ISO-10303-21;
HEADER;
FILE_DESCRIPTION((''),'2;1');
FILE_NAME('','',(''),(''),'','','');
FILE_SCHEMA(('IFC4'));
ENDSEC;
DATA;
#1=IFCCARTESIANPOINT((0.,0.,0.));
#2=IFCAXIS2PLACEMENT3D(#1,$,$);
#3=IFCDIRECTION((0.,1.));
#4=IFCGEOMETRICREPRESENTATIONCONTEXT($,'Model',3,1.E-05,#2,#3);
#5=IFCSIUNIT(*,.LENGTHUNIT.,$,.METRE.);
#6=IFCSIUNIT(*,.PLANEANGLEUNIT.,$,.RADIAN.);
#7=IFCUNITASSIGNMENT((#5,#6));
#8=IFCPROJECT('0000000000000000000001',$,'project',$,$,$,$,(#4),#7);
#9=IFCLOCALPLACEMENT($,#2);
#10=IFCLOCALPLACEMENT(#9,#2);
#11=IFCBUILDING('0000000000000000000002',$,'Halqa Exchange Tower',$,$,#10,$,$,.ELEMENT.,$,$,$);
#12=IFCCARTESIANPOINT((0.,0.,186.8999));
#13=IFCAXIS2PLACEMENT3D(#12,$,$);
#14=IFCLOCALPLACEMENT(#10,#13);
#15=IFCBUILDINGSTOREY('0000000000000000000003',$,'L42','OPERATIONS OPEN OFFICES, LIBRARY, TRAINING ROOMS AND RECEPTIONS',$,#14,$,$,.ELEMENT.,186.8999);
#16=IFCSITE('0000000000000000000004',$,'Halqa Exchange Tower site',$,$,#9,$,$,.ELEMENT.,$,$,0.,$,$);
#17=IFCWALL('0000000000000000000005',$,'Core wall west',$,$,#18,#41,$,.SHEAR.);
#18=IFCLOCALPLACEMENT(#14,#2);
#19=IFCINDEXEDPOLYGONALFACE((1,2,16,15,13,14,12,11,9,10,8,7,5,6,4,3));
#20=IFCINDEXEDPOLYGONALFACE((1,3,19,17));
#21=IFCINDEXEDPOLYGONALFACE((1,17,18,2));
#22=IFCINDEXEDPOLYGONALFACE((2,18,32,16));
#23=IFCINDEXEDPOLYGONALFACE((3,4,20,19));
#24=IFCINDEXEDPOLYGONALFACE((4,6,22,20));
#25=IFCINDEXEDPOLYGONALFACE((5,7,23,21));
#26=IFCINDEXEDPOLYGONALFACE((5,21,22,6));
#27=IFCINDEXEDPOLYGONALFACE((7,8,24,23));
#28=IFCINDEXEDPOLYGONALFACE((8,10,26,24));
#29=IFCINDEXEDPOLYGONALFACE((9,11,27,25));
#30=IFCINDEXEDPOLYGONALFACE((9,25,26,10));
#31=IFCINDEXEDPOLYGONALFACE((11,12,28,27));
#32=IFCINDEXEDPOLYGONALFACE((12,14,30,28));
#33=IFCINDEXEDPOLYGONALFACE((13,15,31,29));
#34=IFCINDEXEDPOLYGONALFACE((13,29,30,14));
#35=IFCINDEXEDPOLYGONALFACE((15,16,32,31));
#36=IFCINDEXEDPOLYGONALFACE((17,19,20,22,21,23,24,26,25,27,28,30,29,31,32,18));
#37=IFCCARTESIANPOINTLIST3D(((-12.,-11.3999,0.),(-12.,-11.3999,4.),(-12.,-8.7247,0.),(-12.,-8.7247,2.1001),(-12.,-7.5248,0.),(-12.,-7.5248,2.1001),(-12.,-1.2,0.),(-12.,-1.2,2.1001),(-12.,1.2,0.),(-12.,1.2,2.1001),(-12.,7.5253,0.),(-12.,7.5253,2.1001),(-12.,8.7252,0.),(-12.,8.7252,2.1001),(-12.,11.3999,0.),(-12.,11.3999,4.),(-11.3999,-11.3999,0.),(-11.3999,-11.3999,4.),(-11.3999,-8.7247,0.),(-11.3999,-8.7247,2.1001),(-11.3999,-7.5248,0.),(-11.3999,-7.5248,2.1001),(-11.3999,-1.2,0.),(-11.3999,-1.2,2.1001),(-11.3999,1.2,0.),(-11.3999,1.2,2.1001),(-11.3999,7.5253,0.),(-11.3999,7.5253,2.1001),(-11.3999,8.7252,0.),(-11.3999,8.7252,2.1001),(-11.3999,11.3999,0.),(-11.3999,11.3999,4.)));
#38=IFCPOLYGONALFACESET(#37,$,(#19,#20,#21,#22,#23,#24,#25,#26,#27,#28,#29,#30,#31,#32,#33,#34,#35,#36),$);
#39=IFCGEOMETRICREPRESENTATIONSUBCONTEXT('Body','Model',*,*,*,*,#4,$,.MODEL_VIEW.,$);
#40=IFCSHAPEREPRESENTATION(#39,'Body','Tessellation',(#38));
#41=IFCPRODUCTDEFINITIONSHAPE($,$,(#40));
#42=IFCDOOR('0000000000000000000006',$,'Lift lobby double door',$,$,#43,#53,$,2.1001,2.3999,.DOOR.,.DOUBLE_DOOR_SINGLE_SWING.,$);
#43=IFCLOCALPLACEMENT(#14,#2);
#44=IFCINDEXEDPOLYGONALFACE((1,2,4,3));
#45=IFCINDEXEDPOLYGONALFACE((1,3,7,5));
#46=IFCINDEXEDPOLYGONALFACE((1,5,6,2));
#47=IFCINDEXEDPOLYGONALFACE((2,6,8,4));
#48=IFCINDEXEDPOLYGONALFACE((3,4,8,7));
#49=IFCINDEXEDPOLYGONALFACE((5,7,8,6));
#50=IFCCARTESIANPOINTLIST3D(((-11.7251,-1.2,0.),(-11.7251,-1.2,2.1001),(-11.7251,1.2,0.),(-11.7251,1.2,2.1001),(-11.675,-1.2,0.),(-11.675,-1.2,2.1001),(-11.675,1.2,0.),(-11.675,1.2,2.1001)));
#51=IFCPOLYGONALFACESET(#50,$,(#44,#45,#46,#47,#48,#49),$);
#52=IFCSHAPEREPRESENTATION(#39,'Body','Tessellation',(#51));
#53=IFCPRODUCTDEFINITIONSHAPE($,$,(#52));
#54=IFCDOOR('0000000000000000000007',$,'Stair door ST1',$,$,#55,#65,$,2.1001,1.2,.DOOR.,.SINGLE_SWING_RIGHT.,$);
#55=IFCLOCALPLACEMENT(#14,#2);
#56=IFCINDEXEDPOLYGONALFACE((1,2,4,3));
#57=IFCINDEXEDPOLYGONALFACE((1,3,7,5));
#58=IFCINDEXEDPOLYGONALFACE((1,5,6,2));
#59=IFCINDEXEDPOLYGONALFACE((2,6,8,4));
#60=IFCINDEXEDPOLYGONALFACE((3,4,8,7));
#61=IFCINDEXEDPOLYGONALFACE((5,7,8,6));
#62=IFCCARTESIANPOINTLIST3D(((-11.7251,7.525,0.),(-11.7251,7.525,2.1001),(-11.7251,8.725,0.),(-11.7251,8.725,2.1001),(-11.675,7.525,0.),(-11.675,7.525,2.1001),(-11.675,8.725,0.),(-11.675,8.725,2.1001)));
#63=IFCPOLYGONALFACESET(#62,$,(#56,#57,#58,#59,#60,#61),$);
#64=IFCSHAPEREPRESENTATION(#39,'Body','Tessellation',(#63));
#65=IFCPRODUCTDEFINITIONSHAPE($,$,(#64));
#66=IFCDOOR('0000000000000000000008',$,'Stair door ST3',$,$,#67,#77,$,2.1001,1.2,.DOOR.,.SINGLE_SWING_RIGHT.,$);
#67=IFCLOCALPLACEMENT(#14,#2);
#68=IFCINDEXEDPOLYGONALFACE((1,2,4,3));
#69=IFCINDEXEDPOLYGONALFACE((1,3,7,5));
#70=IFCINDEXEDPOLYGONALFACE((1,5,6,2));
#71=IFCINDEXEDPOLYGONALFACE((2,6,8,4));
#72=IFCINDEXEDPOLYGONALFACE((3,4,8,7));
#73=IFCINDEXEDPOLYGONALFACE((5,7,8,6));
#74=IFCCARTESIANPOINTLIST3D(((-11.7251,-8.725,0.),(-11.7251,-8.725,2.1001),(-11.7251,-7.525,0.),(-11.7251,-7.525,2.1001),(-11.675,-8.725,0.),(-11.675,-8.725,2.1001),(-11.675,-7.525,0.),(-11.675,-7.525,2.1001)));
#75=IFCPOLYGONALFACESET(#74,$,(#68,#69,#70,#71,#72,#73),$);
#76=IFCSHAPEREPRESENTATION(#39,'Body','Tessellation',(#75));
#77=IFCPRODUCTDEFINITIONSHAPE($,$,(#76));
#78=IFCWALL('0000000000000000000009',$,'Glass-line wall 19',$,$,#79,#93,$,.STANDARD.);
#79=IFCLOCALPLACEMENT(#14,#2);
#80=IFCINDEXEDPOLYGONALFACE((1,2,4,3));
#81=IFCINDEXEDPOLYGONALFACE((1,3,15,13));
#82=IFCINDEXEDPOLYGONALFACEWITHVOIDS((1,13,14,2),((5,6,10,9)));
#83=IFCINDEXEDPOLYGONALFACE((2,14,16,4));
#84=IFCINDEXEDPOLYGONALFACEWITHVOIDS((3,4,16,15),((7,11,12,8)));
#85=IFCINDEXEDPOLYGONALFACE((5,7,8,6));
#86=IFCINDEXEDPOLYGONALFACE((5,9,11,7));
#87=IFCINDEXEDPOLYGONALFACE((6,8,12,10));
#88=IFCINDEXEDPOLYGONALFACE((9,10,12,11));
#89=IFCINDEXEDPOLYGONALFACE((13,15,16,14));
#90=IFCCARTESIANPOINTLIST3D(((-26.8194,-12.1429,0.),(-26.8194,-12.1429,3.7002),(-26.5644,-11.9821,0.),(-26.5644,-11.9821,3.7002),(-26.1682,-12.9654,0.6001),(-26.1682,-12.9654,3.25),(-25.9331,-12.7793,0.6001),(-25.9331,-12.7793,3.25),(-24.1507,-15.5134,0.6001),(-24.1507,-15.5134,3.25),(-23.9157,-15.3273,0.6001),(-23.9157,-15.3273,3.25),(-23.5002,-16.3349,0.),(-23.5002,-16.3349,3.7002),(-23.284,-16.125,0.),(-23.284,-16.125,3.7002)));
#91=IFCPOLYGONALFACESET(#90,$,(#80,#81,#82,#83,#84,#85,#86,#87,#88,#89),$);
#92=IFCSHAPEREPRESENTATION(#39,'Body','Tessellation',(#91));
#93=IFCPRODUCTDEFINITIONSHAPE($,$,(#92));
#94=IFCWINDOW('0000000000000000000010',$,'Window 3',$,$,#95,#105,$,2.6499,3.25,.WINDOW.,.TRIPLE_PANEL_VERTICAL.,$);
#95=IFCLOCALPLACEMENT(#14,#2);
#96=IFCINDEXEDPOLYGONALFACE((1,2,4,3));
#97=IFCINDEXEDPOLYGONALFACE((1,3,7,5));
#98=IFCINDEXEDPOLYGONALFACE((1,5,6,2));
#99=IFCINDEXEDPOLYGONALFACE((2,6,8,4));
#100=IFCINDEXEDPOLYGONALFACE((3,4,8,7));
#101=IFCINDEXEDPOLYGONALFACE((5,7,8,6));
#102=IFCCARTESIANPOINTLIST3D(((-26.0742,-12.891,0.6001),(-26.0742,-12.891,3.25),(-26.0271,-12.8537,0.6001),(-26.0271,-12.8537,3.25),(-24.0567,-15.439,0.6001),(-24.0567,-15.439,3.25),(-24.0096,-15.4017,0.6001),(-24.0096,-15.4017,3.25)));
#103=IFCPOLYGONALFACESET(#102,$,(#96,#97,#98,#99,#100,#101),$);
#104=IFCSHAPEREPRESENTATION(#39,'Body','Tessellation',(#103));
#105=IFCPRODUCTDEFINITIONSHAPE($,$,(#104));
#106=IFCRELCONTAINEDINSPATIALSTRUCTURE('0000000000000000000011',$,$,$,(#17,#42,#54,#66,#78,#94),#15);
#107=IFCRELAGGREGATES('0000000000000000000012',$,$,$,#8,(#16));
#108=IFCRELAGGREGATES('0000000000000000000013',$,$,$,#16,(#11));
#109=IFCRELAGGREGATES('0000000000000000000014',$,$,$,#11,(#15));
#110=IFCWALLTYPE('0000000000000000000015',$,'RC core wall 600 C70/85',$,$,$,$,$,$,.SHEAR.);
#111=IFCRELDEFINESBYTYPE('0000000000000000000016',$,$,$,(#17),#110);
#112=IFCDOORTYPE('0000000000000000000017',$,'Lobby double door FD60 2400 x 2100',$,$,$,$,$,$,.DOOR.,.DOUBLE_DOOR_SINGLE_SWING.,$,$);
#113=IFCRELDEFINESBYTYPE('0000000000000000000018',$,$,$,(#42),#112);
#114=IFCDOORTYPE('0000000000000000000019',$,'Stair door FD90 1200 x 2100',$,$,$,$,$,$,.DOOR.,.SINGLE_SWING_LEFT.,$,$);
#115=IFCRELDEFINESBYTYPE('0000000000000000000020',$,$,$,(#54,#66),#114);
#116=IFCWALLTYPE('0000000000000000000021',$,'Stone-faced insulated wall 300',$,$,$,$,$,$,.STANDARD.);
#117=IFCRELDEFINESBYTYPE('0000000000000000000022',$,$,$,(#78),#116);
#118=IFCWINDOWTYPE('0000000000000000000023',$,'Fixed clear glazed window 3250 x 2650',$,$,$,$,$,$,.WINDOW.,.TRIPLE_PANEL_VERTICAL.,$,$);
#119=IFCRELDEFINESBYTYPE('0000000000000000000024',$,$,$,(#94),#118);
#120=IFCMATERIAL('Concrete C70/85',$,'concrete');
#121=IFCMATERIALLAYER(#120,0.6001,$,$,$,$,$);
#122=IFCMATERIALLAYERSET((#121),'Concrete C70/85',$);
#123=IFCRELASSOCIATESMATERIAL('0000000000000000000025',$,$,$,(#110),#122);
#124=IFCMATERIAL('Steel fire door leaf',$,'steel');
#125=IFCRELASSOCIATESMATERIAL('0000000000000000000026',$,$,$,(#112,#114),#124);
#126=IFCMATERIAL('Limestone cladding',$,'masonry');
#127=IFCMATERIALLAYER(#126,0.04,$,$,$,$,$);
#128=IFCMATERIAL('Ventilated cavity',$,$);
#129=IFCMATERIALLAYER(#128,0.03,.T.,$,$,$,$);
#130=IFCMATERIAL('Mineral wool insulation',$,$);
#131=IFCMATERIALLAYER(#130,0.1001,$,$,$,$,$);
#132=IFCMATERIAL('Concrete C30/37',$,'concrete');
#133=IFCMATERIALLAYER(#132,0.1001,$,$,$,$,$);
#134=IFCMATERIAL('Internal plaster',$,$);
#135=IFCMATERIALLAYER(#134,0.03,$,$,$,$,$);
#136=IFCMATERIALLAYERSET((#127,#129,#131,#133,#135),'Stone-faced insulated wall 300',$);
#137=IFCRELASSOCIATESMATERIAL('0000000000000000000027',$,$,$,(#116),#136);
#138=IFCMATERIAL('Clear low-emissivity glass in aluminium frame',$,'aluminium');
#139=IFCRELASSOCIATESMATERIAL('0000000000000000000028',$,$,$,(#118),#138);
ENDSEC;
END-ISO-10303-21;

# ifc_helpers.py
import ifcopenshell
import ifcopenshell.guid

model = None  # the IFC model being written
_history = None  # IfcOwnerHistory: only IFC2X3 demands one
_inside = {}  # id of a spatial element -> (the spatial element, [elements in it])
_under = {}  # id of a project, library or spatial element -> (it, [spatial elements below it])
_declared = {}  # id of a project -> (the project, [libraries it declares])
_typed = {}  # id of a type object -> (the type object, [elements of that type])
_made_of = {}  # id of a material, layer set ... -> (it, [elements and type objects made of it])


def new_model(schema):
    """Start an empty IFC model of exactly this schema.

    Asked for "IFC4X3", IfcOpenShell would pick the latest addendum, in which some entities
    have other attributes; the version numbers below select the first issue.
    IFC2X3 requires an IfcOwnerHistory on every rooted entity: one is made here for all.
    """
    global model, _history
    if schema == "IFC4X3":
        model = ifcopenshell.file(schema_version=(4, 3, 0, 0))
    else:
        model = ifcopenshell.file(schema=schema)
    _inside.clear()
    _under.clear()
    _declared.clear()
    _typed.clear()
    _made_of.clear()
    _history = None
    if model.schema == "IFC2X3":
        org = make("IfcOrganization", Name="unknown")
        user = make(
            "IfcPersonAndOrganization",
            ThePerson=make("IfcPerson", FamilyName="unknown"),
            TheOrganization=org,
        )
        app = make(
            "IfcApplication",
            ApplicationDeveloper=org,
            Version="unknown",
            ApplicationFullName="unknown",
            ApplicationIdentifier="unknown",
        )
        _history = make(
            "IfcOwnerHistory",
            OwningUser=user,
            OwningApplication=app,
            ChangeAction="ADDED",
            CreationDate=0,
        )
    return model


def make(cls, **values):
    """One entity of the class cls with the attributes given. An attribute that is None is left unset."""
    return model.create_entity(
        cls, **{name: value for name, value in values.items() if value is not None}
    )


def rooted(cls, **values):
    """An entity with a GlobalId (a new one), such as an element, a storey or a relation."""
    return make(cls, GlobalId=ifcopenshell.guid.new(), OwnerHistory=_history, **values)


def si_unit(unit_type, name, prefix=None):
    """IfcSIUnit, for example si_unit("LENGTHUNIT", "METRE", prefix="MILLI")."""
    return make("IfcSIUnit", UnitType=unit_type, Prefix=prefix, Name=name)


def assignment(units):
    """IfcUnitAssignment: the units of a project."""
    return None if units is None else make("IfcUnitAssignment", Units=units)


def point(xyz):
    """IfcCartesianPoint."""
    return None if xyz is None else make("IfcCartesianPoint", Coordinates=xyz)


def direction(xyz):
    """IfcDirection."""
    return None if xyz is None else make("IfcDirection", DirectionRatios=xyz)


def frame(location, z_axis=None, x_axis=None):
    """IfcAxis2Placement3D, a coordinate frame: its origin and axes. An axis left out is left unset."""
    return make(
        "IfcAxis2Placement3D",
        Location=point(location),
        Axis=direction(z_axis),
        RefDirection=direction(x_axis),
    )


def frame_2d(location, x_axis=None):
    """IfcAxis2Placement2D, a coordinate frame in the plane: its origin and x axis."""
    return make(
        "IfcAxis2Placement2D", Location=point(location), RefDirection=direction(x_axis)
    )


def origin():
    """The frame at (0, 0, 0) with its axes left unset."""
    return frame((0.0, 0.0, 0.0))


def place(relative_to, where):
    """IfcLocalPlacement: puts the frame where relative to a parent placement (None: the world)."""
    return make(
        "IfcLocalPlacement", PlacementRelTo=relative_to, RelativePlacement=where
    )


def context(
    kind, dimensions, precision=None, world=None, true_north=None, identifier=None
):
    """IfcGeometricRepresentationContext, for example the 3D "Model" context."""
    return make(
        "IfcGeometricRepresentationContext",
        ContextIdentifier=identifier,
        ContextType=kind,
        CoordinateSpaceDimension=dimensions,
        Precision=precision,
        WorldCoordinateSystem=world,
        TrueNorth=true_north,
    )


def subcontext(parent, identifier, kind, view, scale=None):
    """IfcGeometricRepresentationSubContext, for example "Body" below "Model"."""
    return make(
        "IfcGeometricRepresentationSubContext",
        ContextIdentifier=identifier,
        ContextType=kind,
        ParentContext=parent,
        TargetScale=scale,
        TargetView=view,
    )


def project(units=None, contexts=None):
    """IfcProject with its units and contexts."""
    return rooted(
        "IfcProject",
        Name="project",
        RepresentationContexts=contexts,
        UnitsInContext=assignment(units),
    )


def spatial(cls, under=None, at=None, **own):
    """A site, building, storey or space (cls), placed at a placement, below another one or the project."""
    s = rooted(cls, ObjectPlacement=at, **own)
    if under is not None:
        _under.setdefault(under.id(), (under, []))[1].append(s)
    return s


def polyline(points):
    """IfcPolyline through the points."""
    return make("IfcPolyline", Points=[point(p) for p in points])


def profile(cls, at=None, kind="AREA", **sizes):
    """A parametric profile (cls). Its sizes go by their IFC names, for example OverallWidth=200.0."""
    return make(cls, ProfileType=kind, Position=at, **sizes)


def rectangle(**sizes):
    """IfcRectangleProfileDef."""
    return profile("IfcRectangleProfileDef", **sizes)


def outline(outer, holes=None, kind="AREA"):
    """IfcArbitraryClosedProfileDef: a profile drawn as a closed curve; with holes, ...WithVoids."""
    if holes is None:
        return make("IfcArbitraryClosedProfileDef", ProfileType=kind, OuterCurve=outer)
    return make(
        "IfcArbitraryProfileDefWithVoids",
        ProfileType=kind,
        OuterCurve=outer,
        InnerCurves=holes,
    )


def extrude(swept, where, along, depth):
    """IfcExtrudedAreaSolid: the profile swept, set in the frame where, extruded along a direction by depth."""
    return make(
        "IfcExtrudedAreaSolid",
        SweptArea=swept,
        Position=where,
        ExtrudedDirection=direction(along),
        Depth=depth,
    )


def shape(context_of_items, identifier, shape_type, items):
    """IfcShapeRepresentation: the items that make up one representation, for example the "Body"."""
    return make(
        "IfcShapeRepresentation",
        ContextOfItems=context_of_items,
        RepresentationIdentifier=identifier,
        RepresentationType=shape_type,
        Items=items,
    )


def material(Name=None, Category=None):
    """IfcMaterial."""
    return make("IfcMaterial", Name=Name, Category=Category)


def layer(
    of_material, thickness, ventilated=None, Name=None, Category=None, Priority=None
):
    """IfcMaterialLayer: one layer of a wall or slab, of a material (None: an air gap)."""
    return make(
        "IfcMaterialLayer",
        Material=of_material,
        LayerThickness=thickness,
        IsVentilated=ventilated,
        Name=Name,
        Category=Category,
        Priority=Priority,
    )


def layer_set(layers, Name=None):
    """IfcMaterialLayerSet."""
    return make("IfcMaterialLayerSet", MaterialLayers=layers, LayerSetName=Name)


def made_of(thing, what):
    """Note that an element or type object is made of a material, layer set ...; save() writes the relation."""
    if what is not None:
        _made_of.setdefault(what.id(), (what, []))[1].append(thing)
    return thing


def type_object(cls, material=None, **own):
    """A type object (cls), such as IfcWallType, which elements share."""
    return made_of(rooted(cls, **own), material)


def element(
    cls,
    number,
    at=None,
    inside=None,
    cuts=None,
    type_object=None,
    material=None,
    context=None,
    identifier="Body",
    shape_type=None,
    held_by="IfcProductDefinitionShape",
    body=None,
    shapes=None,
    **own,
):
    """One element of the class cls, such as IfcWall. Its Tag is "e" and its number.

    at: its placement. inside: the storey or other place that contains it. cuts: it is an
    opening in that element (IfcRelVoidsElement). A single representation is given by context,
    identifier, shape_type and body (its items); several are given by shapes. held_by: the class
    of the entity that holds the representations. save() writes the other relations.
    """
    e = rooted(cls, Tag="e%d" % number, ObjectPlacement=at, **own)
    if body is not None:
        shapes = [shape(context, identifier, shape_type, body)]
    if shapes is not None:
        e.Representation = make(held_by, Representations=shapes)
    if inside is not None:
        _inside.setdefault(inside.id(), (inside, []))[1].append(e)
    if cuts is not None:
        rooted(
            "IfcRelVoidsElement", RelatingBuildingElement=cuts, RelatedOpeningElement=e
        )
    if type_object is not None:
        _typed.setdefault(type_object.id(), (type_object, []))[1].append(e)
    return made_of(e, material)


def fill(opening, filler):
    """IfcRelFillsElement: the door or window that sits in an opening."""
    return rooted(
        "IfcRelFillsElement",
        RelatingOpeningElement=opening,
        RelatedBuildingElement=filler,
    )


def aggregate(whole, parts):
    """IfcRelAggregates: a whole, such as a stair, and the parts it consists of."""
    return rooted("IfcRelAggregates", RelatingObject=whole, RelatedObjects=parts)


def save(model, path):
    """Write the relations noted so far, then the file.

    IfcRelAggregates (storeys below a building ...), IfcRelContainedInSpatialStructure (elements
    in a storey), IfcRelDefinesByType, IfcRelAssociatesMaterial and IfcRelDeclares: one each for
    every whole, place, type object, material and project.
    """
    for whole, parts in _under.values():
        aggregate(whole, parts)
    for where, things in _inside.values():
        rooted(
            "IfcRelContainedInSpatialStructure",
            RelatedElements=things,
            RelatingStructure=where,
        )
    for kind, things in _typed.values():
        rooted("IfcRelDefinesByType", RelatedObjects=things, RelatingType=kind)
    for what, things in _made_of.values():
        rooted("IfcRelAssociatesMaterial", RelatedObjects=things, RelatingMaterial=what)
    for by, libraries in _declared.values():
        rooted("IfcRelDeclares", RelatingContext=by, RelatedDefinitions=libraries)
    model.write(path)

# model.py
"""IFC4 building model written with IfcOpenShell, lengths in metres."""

from ifc_helpers import new_model, si_unit, direction, frame, frame_2d, origin, place, context, subcontext, project, spatial, polyline, rectangle, outline, extrude, material, layer, layer_set, type_object, element, fill, save


model = new_model("IFC4")

# Units and contexts
model_context = context("Model", 3, precision=1e-05, world=origin(), true_north=direction((0.0, 1.0)))
body_context = subcontext(model_context, "Body", "Model", "MODEL_VIEW")
ifc_project = project(units=[si_unit("LENGTHUNIT", "METRE"), si_unit("PLANEANGLEUNIT", "RADIAN")], contexts=[model_context])

# Site, building, storey
site_placement = place(None, origin())
site = spatial("IfcSite", under=ifc_project, at=site_placement, Name="Halqa Exchange Tower site", CompositionType="ELEMENT", RefElevation=0.0)
building_placement = place(site_placement, origin())
building = spatial("IfcBuilding", under=site, at=building_placement, Name="Halqa Exchange Tower", CompositionType="ELEMENT")
storey_placement = place(building_placement, frame((0.0, 0.0, 186.8999)))
storey = spatial("IfcBuildingStorey", under=building, at=storey_placement, Name="L42", Description="OPERATIONS OPEN OFFICES, LIBRARY, TRAINING ROOMS AND RECEPTIONS", CompositionType="ELEMENT", Elevation=186.8999)

# Wall, openings, doors
ifc_material_1 = material(Name="Steel fire door leaf", Category="steel")
ifc_material_2 = material(Name="Concrete C70/85", Category="concrete")
ifc_layer_1 = layer(ifc_material_2, 0.6001)
ifc_layer_set_1 = layer_set([ifc_layer_1], Name="Concrete C70/85")
wall_type_1 = type_object("IfcWallType", Name="RC core wall 600 C70/85", PredefinedType="SHEAR", material=ifc_layer_set_1)
wall_1_placement = place(storey_placement, frame((-11.7, -11.3999, 0.0), z_axis=(0.0, 0.0, 1.0), x_axis=(0.0, 1.0, 0.0)))
wall_1 = element("IfcWall", 1, at=wall_1_placement, inside=storey, type_object=wall_type_1, Name="Core wall west", PredefinedType="SHEAR", context=body_context, shape_type="SweptSolid", body=[
    extrude(rectangle(XDim=22.7998, YDim=0.6001, at=frame_2d((11.3999, 0.0))), origin(), (0.0, 0.0, 1.0), 4.0),
])
opening_1_placement = place(wall_1_placement, frame((10.2, 0.0, 0.0)))
opening_1 = element("IfcOpeningElement", 2, at=opening_1_placement, cuts=wall_1, PredefinedType="OPENING", context=body_context, shape_type="SweptSolid", body=[
    extrude(rectangle(XDim=2.3999, YDim=2.1001, at=frame_2d((1.2, 1.05))), frame((0.0, 0.312, 0.0), z_axis=(0.0, -1.0, 0.0), x_axis=(1.0, 0.0, 0.0)), (0.0, 0.0, 1.0), 0.624),
])
opening_2_placement = place(wall_1_placement, frame((18.925, 0.0, 0.0)))
opening_2 = element("IfcOpeningElement", 3, at=opening_2_placement, cuts=wall_1, PredefinedType="OPENING", context=body_context, shape_type="SweptSolid", body=[
    extrude(rectangle(XDim=1.2, YDim=2.1001, at=frame_2d((0.6001, 1.05))), frame((0.0, 0.312, 0.0), z_axis=(0.0, -1.0, 0.0), x_axis=(1.0, 0.0, 0.0)), (0.0, 0.0, 1.0), 0.624),
])
opening_3_placement = place(wall_1_placement, frame((2.675, 0.0, 0.0)))
opening_3 = element("IfcOpeningElement", 4, at=opening_3_placement, cuts=wall_1, PredefinedType="OPENING", context=body_context, shape_type="SweptSolid", body=[
    extrude(rectangle(XDim=1.2, YDim=2.1001, at=frame_2d((0.6001, 1.05))), frame((0.0, 0.312, 0.0), z_axis=(0.0, -1.0, 0.0), x_axis=(1.0, 0.0, 0.0)), (0.0, 0.0, 1.0), 0.624),
])
door_type_1 = type_object("IfcDoorType", Name="Lobby double door FD60 2400 x 2100", OperationType="DOUBLE_DOOR_SINGLE_SWING", PredefinedType="DOOR", material=ifc_material_1)
door_1_placement = place(opening_1_placement, frame((2.3999, 0.0, 0.0), z_axis=(0.0, 0.0, 1.0), x_axis=(-1.0, 0.0, 0.0)))
door_1 = element("IfcDoor", 5, at=door_1_placement, inside=storey, type_object=door_type_1, Name="Lift lobby double door", OperationType="DOUBLE_DOOR_SINGLE_SWING", OverallHeight=2.1001, OverallWidth=2.3999, PredefinedType="DOOR", context=body_context, shape_type="SweptSolid", body=[
    extrude(rectangle(XDim=2.3999, YDim=2.1001, at=frame_2d((1.2, 1.05))), frame((0.0, 0.0249, 0.0), z_axis=(0.0, -1.0, 0.0), x_axis=(1.0, 0.0, 0.0)), (0.0, 0.0, 1.0), 0.05),
])
fill(opening_1, door_1)
door_type_2 = type_object("IfcDoorType", Name="Stair door FD90 1200 x 2100", OperationType="SINGLE_SWING_LEFT", PredefinedType="DOOR", material=ifc_material_1)
door_2_placement = place(opening_2_placement, frame((1.2, 0.0, 0.0), z_axis=(0.0, 0.0, 1.0), x_axis=(-1.0, 0.0, 0.0)))
door_2 = element("IfcDoor", 6, at=door_2_placement, inside=storey, type_object=door_type_2, Name="Stair door ST1", OperationType="SINGLE_SWING_RIGHT", OverallHeight=2.1001, OverallWidth=1.2, PredefinedType="DOOR", context=body_context, shape_type="SweptSolid", body=[
    extrude(rectangle(XDim=1.2, YDim=2.1001, at=frame_2d((0.6001, 1.05))), frame((0.0, 0.0249, 0.0), z_axis=(0.0, -1.0, 0.0), x_axis=(1.0, 0.0, 0.0)), (0.0, 0.0, 1.0), 0.05),
])
fill(opening_2, door_2)
door_3_placement = place(opening_3_placement, frame((1.2, 0.0, 0.0), z_axis=(0.0, 0.0, 1.0), x_axis=(-1.0, 0.0, 0.0)))
door_3 = element("IfcDoor", 7, at=door_3_placement, inside=storey, type_object=door_type_2, Name="Stair door ST3", OperationType="SINGLE_SWING_RIGHT", OverallHeight=2.1001, OverallWidth=1.2, PredefinedType="DOOR", context=body_context, shape_type="SweptSolid", body=[
    extrude(rectangle(XDim=1.2, YDim=2.1001, at=frame_2d((0.6001, 1.05))), frame((0.0, 0.0249, 0.0), z_axis=(0.0, -1.0, 0.0), x_axis=(1.0, 0.0, 0.0)), (0.0, 0.0, 1.0), 0.05),
])
fill(opening_3, door_3)

# Wall, opening, window
ifc_material_3 = material(Name="Limestone cladding", Category="masonry")
ifc_layer_2 = layer(ifc_material_3, 0.04)
ifc_material_4 = material(Name="Ventilated cavity")
ifc_layer_3 = layer(ifc_material_4, 0.03, ventilated=True)
ifc_material_5 = material(Name="Mineral wool insulation")
ifc_layer_4 = layer(ifc_material_5, 0.1001)
ifc_material_6 = material(Name="Concrete C30/37", Category="concrete")
ifc_layer_5 = layer(ifc_material_6, 0.1001)
ifc_material_7 = material(Name="Internal plaster")
ifc_layer_6 = layer(ifc_material_7, 0.03)
ifc_layer_set_2 = layer_set([ifc_layer_2, ifc_layer_3, ifc_layer_4, ifc_layer_5, ifc_layer_6], Name="Stone-faced insulated wall 300")
wall_type_2 = type_object("IfcWallType", Name="Stone-faced insulated wall 300", PredefinedType="STANDARD", material=ifc_layer_set_2)
wall_2_placement = place(storey_placement, frame((-26.6919, -12.0625, 0.0), z_axis=(0.0, 0.0, 1.0), x_axis=(0.620766, -0.783996, 0.0)))
wall_2 = element("IfcWall", 8, at=wall_2_placement, inside=storey, type_object=wall_type_2, Name="Glass-line wall 19", PredefinedType="STANDARD", context=body_context, shape_type="SweptSolid", body=[
    extrude(outline(polyline([(-0.0161, -0.1499), (5.3308, -0.1499), (5.3005, 0.1499), (0.0161, 0.1499), (-0.0161, -0.1499)])), origin(), (0.0, 0.0, 1.0), 3.7002),
])
opening_4_placement = place(wall_2_placement, frame((1.033, 0.0, 0.6001)))
opening_4 = element("IfcOpeningElement", 9, at=opening_4_placement, cuts=wall_2, PredefinedType="OPENING", context=body_context, shape_type="SweptSolid", body=[
    extrude(rectangle(XDim=3.25, YDim=2.6499, at=frame_2d((1.625, 1.325))), frame((0.0, 0.1621, 0.0), z_axis=(0.0, -1.0, 0.0), x_axis=(1.0, 0.0, 0.0)), (0.0, 0.0, 1.0), 0.324),
])
ifc_material_8 = material(Name="Clear low-emissivity glass in aluminium frame", Category="aluminium")
window_type = type_object("IfcWindowType", Name="Fixed clear glazed window 3250 x 2650", PartitioningType="TRIPLE_PANEL_VERTICAL", PredefinedType="WINDOW", material=ifc_material_8)
window_placement = place(opening_4_placement, origin())
window = element("IfcWindow", 10, at=window_placement, inside=storey, type_object=window_type, Name="Window 3", OverallHeight=2.6499, OverallWidth=3.25, PartitioningType="TRIPLE_PANEL_VERTICAL", PredefinedType="WINDOW", context=body_context, shape_type="SweptSolid", body=[
    extrude(rectangle(XDim=3.25, YDim=2.6499, at=frame_2d((1.625, 1.325))), frame((0.0, 0.03, 0.0), z_axis=(0.0, -1.0, 0.0), x_axis=(1.0, 0.0, 0.0)), (0.0, 0.0, 1.0), 0.0601),
])
fill(opening_4, window)

save(model, "model.ifc")
